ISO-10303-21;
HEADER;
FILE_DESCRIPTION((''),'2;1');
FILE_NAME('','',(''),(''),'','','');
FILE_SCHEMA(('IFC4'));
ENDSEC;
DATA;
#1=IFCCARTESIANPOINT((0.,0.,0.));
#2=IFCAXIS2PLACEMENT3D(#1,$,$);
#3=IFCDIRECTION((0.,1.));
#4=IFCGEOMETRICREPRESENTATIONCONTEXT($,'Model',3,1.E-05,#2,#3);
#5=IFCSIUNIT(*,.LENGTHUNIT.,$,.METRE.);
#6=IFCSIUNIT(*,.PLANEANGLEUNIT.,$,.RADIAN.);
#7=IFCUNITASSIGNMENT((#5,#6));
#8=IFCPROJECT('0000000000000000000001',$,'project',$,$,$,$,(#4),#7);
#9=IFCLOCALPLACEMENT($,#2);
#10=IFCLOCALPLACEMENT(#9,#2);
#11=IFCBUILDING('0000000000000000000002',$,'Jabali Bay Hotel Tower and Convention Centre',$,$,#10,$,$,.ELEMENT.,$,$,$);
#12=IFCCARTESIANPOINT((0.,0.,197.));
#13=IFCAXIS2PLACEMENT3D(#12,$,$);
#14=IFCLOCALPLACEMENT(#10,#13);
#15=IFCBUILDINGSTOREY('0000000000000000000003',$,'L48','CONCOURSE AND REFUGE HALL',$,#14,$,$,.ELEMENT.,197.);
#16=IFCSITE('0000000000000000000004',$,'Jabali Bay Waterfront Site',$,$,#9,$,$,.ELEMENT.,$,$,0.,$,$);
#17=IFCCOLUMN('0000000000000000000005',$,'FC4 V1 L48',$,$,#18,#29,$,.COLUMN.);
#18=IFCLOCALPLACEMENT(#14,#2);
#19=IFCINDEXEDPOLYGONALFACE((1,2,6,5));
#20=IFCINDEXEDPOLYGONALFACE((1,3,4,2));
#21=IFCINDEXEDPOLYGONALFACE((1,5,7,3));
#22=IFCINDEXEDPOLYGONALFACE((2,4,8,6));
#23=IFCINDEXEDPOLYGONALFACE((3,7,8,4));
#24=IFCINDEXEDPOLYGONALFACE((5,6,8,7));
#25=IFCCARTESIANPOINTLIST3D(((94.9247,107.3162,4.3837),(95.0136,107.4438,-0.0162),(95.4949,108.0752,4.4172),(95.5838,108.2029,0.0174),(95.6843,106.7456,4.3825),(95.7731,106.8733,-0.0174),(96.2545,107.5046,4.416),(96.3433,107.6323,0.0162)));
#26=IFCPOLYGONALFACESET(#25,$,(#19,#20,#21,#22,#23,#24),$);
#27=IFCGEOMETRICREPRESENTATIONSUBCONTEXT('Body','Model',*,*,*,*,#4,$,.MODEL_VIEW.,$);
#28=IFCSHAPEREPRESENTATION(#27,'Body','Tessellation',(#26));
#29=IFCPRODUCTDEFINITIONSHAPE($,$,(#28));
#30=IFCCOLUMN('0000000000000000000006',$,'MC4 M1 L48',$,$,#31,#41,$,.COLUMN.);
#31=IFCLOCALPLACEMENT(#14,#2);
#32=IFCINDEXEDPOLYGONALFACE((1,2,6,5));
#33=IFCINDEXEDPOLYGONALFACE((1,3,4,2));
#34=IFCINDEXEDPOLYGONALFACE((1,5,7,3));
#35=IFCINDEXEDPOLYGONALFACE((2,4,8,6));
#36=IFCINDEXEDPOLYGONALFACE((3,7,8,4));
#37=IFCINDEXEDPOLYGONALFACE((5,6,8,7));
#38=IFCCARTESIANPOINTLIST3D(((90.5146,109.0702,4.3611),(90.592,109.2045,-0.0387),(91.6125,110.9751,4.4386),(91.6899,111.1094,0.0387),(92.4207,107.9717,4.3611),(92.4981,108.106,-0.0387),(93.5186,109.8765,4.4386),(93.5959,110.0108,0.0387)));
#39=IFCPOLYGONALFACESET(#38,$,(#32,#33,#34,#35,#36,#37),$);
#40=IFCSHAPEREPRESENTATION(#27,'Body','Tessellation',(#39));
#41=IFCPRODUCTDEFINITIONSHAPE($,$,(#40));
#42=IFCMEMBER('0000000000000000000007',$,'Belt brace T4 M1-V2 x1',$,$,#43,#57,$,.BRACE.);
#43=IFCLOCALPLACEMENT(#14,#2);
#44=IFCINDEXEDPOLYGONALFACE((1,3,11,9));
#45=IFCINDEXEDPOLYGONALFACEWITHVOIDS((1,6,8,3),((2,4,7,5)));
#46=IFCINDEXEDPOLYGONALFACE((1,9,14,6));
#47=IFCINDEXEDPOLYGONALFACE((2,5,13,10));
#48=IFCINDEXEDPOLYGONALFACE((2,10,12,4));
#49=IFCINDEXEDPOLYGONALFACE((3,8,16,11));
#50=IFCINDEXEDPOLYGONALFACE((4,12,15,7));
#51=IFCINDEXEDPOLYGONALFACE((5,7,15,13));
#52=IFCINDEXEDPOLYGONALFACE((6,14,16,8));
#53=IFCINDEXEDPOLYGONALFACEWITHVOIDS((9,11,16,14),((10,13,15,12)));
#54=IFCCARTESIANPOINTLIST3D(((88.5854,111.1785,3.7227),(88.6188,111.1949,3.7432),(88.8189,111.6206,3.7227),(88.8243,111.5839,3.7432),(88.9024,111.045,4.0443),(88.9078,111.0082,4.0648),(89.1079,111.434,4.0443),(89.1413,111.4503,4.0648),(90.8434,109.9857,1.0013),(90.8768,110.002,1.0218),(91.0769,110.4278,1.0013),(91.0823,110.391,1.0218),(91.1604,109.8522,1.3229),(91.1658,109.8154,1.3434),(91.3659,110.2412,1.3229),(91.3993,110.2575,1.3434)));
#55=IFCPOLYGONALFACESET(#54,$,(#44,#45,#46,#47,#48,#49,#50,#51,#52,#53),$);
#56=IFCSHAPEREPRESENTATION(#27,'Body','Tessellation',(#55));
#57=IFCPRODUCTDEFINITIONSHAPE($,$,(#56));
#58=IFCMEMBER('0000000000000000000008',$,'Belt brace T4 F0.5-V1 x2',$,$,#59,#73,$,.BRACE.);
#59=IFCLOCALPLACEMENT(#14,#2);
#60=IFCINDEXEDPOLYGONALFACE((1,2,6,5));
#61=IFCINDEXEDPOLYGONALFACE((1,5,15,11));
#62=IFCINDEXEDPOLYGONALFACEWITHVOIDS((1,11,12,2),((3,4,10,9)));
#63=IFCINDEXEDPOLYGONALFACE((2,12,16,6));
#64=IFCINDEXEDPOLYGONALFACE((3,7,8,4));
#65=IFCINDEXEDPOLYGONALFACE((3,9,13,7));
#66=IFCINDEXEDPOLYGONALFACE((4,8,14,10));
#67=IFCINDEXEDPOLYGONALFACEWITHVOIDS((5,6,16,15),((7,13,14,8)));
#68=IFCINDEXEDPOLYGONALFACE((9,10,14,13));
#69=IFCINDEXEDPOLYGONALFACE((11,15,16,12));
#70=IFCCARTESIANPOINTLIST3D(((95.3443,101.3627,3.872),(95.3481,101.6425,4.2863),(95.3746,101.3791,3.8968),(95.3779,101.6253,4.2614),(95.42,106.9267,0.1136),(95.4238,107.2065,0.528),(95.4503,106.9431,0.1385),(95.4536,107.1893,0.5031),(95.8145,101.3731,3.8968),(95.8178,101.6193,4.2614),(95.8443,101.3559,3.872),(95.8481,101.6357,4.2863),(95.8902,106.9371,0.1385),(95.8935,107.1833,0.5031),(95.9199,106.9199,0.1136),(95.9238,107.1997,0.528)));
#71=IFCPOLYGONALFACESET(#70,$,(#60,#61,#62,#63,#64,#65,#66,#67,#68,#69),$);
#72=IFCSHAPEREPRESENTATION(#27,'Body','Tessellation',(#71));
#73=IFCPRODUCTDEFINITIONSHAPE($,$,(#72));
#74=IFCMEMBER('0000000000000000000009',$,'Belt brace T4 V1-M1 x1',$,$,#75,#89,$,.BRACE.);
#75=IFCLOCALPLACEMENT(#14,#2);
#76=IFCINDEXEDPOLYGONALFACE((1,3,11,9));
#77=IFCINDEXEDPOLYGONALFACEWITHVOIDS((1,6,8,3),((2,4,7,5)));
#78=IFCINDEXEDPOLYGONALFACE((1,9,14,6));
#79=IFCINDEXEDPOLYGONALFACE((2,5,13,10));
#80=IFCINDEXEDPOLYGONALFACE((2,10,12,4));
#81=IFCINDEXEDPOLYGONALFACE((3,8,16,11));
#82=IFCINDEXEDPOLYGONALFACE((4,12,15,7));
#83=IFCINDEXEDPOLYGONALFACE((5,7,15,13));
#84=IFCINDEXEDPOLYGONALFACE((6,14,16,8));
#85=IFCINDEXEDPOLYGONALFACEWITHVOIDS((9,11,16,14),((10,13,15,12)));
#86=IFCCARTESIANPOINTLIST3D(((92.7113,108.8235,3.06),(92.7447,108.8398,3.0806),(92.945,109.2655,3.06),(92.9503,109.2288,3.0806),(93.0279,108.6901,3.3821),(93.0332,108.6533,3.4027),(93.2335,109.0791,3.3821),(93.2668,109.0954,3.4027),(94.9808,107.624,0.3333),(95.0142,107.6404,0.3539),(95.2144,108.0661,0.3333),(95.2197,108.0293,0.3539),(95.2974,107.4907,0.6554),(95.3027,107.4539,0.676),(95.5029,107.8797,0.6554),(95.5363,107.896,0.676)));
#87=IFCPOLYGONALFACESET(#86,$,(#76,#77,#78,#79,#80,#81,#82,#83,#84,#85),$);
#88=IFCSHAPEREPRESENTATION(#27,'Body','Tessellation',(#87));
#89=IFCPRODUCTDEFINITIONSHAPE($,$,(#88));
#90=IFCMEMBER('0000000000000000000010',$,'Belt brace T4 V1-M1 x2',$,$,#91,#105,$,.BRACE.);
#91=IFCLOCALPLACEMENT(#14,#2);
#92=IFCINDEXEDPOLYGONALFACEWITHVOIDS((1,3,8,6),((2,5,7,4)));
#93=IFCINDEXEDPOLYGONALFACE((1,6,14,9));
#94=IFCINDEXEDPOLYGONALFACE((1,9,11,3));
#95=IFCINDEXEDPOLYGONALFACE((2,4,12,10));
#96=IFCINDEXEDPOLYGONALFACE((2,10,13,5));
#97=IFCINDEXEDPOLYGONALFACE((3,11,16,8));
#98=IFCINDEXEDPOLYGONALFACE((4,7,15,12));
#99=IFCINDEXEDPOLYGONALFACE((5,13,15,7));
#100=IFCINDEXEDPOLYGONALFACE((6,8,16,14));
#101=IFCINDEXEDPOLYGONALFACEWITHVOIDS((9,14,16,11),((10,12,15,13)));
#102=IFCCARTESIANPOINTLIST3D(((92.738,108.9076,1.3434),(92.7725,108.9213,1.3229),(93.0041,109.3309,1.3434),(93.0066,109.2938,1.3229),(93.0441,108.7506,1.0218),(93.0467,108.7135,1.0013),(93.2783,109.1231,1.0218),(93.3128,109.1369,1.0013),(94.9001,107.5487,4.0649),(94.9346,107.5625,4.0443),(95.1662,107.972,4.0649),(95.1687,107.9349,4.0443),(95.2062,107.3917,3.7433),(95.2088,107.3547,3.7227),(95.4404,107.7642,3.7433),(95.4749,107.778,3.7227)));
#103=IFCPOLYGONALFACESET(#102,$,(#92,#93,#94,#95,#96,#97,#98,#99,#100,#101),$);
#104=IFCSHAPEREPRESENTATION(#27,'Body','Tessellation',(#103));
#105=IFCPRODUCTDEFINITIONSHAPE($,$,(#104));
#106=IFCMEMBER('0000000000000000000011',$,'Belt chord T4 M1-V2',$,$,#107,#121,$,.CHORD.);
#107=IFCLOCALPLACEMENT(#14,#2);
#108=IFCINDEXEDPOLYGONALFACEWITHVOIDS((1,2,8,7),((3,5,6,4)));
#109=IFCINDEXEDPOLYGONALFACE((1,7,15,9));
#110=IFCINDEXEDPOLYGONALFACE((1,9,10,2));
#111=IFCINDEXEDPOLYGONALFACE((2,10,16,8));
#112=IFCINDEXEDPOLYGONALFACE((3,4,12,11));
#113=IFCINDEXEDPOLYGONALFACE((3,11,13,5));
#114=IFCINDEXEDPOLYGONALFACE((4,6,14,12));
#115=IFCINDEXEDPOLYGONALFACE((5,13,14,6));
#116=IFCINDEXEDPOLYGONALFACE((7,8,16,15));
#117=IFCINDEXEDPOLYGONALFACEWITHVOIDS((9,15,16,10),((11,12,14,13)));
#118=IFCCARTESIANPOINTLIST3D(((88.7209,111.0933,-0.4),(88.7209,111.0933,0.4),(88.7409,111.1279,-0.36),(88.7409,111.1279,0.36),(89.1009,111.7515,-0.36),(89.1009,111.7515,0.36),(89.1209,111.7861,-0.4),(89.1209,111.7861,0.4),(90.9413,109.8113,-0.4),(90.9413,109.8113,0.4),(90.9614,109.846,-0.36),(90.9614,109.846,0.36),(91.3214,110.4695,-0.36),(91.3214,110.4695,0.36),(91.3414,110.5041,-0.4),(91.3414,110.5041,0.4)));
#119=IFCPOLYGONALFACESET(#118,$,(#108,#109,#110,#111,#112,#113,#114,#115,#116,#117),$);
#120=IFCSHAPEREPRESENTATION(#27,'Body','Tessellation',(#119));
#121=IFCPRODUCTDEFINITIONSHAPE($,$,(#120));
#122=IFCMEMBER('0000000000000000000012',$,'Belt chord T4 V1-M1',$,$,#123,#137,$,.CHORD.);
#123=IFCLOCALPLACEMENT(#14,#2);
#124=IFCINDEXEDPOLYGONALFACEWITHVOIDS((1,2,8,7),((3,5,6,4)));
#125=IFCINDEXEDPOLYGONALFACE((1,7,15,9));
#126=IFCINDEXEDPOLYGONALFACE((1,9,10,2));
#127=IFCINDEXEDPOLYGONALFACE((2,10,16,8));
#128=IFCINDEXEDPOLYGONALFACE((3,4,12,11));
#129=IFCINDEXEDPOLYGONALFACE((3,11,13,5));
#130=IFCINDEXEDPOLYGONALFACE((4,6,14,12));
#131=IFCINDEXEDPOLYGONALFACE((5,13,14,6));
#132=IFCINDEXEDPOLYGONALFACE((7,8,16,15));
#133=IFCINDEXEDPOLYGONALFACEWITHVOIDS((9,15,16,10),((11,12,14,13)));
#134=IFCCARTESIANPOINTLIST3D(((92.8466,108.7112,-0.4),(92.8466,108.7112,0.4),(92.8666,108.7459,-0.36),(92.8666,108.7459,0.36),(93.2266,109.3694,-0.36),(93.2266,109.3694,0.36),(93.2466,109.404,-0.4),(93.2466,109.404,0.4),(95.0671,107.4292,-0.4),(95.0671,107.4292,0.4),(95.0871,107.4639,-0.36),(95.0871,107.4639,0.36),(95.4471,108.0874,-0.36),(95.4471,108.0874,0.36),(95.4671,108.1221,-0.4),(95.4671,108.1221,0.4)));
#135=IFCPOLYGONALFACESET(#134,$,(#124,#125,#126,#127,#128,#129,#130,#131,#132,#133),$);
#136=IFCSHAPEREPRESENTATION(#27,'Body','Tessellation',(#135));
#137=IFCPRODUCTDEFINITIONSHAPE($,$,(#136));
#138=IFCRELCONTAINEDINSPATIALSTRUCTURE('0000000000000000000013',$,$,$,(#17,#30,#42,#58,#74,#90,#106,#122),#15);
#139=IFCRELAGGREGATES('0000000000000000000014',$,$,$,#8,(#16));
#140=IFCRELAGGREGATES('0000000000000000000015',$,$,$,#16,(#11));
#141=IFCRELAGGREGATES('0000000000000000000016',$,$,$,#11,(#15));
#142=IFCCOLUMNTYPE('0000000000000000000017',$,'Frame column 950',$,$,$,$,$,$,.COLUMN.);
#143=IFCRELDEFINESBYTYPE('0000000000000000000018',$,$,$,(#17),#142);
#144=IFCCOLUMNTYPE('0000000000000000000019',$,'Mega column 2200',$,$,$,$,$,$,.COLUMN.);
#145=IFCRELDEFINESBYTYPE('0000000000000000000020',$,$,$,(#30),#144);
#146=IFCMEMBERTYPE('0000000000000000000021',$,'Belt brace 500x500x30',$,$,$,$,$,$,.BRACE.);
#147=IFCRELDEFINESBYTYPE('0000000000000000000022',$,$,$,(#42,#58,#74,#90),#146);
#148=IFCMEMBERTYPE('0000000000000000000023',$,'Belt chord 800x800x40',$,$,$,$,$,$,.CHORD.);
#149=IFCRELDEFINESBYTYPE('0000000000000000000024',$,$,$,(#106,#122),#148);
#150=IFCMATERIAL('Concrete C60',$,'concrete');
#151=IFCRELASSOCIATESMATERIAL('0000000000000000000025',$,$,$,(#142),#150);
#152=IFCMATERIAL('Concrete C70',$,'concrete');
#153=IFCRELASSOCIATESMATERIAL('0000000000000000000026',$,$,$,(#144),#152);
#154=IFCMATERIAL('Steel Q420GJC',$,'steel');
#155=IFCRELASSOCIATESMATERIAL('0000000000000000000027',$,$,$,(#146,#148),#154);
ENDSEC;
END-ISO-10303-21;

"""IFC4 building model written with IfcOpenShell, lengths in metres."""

from ifc_helpers import new_model, si_unit, direction, frame, origin, origin_2d, place, context, subcontext, project, spatial, rectangle, hollow_rectangle, extrude, material, material_profile, profile_set, type_object, element, save


model = new_model("IFC4")

# Units and contexts
model_context = context("Model", 3, precision=1e-05, world=origin(), true_north=direction((0.0, 1.0)))
body_context = subcontext(model_context, "Body", "Model", "MODEL_VIEW")
ifc_project = project(units=[si_unit("LENGTHUNIT", "METRE"), si_unit("PLANEANGLEUNIT", "RADIAN")], contexts=[model_context])

# Site, building, storey
site_placement = place(None, origin())
site = spatial("IfcSite", under=ifc_project, at=site_placement, Name="Jabali Bay Waterfront Site", CompositionType="ELEMENT", RefElevation=0.0)
building_placement = place(site_placement, origin())
building = spatial("IfcBuilding", under=site, at=building_placement, Name="Jabali Bay Hotel Tower and Convention Centre", CompositionType="ELEMENT")
storey_placement = place(building_placement, frame((0.0, 0.0, 197.0)))
storey = spatial("IfcBuildingStorey", under=building, at=storey_placement, Name="L48", Description="CONCOURSE AND REFUGE HALL", CompositionType="ELEMENT", Elevation=197.0)

# Columns
ifc_material_1 = material(Name="Concrete C60", Category="concrete")
ifc_material_profile_1 = material_profile(ifc_material_1, rectangle(XDim=0.95, YDim=0.95, at=origin_2d()), Name="Frame column 950")
ifc_profile_set_1 = profile_set([ifc_material_profile_1], Name="Concrete C60")
column_type_1 = type_object("IfcColumnType", Name="Frame column 950", PredefinedType="COLUMN", material=ifc_profile_set_1)
column_1_placement = place(storey_placement, frame((95.6785, 107.5381, 0.0), z_axis=(-0.020185, -0.029002, 0.999376), x_axis=(0.600267, 0.79902, 0.035312)))
element("IfcColumn", 1, at=column_1_placement, inside=storey, type_object=column_type_1, Name="FC4 V1 L48", PredefinedType="COLUMN", context=body_context, shape_type="SweptSolid", body=[
    extrude(rectangle(XDim=0.95, YDim=0.95, at=origin_2d()), origin(), (0.0, 0.0, 1.0), 4.4026),
])
ifc_material_2 = material(Name="Concrete C70", Category="concrete")
ifc_material_profile_2 = material_profile(ifc_material_2, rectangle(XDim=2.2, YDim=2.2, at=origin_2d()), Name="Mega column 2200")
ifc_profile_set_2 = profile_set([ifc_material_profile_2], Name="Concrete C70")
column_type_2 = type_object("IfcColumnType", Name="Mega column 2200", PredefinedType="COLUMN", material=ifc_profile_set_2)
column_2_placement = place(storey_placement, frame((92.094, 109.6077, 0.0), z_axis=(-0.017579, -0.030499, 0.99938), x_axis=(0.866397, -0.499355, 0.0)))
element("IfcColumn", 2, at=column_2_placement, inside=storey, type_object=column_type_2, Name="MC4 M1 L48", PredefinedType="COLUMN", context=body_context, shape_type="SweptSolid", body=[
    extrude(rectangle(XDim=2.2, YDim=2.2, at=origin_2d()), origin(), (0.0, 0.0, 1.0), 4.4026),
])

# Members
ifc_material_3 = material(Name="Steel Q420GJC", Category="steel")
ifc_material_profile_3 = material_profile(ifc_material_3, hollow_rectangle(XDim=0.5, YDim=0.5, WallThickness=0.03, at=origin_2d()), Name="Belt brace 500x500x30")
ifc_profile_set_3 = profile_set([ifc_material_profile_3], Name="Steel Q420GJC")
member_type_1 = type_object("IfcMemberType", Name="Belt brace 500x500x30", PredefinedType="BRACE", material=ifc_profile_set_3)
member_1_placement = place(storey_placement, frame((91.1213, 110.1216, 1.1724), z_axis=(-0.605049, 0.319631, 0.729212), x_axis=(-0.467101, -0.884204, 0.0)))
element("IfcMember", 3, at=member_1_placement, inside=storey, type_object=member_type_1, Name="Belt brace T4 M1-V2 x1", PredefinedType="BRACE", context=body_context, shape_type="SweptSolid", body=[
    extrude(hollow_rectangle(XDim=0.5, YDim=0.5, WallThickness=0.03, at=origin_2d()), origin(), (0.0, 0.0, 1.0), 3.7319),
])
member_2_placement = place(storey_placement, frame((95.6719, 107.0632, 0.3208), z_axis=(-0.011271, -0.828615, 0.559706), x_axis=(0.999907, -0.013601, 0.0)))
element("IfcMember", 4, at=member_2_placement, inside=storey, type_object=member_type_1, Name="Belt brace T4 F0.5-V1 x2", PredefinedType="BRACE", context=body_context, shape_type="SweptSolid", body=[
    extrude(hollow_rectangle(XDim=0.5, YDim=0.5, WallThickness=0.03, at=origin_2d()), origin(), (0.0, 0.0, 1.0), 6.7148),
])
member_3_placement = place(storey_placement, frame((95.2585, 107.76, 0.5046), z_axis=(-0.606018, 0.320285, 0.728121), x_axis=(-0.467263, -0.884119, 0.0)))
element("IfcMember", 5, at=member_3_placement, inside=storey, type_object=member_type_1, Name="Belt brace T4 V1-M1 x1", PredefinedType="BRACE", context=body_context, shape_type="SweptSolid", body=[
    extrude(hollow_rectangle(XDim=0.5, YDim=0.5, WallThickness=0.03, at=origin_2d()), origin(), (0.0, 0.0, 1.0), 3.7449),
])
member_4_placement = place(storey_placement, frame((93.0254, 109.0222, 1.1724), z_axis=(0.57935, -0.364122, 0.729225), x_axis=(0.532128, 0.846664, 0.0)))
element("IfcMember", 6, at=member_4_placement, inside=storey, type_object=member_type_1, Name="Belt brace T4 V1-M1 x2", PredefinedType="BRACE", context=body_context, shape_type="SweptSolid", body=[
    extrude(hollow_rectangle(XDim=0.5, YDim=0.5, WallThickness=0.03, at=origin_2d()), origin(), (0.0, 0.0, 1.0), 3.7319),
])
ifc_material_profile_4 = material_profile(ifc_material_3, hollow_rectangle(XDim=0.8, YDim=0.8, WallThickness=0.04, at=origin_2d()), Name="Belt chord 800x800x40")
ifc_profile_set_4 = profile_set([ifc_material_profile_4], Name="Steel Q420GJC")
member_type_2 = type_object("IfcMemberType", Name="Belt chord 800x800x40", PredefinedType="CHORD", material=ifc_profile_set_4)
for number, where, z_axis, x_axis, name in (
    (7, (91.1414, 110.1577, 0.0), (-0.866025, 0.5, 0.0), (-0.5, -0.866025, 0.0), "Belt chord T4 M1-V2"),
    (8, (95.2671, 107.7756, 0.0), (-0.866025, 0.5, 0.0), (-0.5, -0.866025, 0.0), "Belt chord T4 V1-M1"),
):
    element("IfcMember", number, at=place(storey_placement, frame(where, z_axis=z_axis, x_axis=x_axis)), inside=storey, type_object=member_type_2, Name=name, PredefinedType="CHORD", context=body_context, shape_type="SweptSolid", body=[
        extrude(hollow_rectangle(XDim=0.8, YDim=0.8, WallThickness=0.04, at=origin_2d()), origin(), (0.0, 0.0, 1.0), 2.564),
    ])

save(model, "model.ifc")
